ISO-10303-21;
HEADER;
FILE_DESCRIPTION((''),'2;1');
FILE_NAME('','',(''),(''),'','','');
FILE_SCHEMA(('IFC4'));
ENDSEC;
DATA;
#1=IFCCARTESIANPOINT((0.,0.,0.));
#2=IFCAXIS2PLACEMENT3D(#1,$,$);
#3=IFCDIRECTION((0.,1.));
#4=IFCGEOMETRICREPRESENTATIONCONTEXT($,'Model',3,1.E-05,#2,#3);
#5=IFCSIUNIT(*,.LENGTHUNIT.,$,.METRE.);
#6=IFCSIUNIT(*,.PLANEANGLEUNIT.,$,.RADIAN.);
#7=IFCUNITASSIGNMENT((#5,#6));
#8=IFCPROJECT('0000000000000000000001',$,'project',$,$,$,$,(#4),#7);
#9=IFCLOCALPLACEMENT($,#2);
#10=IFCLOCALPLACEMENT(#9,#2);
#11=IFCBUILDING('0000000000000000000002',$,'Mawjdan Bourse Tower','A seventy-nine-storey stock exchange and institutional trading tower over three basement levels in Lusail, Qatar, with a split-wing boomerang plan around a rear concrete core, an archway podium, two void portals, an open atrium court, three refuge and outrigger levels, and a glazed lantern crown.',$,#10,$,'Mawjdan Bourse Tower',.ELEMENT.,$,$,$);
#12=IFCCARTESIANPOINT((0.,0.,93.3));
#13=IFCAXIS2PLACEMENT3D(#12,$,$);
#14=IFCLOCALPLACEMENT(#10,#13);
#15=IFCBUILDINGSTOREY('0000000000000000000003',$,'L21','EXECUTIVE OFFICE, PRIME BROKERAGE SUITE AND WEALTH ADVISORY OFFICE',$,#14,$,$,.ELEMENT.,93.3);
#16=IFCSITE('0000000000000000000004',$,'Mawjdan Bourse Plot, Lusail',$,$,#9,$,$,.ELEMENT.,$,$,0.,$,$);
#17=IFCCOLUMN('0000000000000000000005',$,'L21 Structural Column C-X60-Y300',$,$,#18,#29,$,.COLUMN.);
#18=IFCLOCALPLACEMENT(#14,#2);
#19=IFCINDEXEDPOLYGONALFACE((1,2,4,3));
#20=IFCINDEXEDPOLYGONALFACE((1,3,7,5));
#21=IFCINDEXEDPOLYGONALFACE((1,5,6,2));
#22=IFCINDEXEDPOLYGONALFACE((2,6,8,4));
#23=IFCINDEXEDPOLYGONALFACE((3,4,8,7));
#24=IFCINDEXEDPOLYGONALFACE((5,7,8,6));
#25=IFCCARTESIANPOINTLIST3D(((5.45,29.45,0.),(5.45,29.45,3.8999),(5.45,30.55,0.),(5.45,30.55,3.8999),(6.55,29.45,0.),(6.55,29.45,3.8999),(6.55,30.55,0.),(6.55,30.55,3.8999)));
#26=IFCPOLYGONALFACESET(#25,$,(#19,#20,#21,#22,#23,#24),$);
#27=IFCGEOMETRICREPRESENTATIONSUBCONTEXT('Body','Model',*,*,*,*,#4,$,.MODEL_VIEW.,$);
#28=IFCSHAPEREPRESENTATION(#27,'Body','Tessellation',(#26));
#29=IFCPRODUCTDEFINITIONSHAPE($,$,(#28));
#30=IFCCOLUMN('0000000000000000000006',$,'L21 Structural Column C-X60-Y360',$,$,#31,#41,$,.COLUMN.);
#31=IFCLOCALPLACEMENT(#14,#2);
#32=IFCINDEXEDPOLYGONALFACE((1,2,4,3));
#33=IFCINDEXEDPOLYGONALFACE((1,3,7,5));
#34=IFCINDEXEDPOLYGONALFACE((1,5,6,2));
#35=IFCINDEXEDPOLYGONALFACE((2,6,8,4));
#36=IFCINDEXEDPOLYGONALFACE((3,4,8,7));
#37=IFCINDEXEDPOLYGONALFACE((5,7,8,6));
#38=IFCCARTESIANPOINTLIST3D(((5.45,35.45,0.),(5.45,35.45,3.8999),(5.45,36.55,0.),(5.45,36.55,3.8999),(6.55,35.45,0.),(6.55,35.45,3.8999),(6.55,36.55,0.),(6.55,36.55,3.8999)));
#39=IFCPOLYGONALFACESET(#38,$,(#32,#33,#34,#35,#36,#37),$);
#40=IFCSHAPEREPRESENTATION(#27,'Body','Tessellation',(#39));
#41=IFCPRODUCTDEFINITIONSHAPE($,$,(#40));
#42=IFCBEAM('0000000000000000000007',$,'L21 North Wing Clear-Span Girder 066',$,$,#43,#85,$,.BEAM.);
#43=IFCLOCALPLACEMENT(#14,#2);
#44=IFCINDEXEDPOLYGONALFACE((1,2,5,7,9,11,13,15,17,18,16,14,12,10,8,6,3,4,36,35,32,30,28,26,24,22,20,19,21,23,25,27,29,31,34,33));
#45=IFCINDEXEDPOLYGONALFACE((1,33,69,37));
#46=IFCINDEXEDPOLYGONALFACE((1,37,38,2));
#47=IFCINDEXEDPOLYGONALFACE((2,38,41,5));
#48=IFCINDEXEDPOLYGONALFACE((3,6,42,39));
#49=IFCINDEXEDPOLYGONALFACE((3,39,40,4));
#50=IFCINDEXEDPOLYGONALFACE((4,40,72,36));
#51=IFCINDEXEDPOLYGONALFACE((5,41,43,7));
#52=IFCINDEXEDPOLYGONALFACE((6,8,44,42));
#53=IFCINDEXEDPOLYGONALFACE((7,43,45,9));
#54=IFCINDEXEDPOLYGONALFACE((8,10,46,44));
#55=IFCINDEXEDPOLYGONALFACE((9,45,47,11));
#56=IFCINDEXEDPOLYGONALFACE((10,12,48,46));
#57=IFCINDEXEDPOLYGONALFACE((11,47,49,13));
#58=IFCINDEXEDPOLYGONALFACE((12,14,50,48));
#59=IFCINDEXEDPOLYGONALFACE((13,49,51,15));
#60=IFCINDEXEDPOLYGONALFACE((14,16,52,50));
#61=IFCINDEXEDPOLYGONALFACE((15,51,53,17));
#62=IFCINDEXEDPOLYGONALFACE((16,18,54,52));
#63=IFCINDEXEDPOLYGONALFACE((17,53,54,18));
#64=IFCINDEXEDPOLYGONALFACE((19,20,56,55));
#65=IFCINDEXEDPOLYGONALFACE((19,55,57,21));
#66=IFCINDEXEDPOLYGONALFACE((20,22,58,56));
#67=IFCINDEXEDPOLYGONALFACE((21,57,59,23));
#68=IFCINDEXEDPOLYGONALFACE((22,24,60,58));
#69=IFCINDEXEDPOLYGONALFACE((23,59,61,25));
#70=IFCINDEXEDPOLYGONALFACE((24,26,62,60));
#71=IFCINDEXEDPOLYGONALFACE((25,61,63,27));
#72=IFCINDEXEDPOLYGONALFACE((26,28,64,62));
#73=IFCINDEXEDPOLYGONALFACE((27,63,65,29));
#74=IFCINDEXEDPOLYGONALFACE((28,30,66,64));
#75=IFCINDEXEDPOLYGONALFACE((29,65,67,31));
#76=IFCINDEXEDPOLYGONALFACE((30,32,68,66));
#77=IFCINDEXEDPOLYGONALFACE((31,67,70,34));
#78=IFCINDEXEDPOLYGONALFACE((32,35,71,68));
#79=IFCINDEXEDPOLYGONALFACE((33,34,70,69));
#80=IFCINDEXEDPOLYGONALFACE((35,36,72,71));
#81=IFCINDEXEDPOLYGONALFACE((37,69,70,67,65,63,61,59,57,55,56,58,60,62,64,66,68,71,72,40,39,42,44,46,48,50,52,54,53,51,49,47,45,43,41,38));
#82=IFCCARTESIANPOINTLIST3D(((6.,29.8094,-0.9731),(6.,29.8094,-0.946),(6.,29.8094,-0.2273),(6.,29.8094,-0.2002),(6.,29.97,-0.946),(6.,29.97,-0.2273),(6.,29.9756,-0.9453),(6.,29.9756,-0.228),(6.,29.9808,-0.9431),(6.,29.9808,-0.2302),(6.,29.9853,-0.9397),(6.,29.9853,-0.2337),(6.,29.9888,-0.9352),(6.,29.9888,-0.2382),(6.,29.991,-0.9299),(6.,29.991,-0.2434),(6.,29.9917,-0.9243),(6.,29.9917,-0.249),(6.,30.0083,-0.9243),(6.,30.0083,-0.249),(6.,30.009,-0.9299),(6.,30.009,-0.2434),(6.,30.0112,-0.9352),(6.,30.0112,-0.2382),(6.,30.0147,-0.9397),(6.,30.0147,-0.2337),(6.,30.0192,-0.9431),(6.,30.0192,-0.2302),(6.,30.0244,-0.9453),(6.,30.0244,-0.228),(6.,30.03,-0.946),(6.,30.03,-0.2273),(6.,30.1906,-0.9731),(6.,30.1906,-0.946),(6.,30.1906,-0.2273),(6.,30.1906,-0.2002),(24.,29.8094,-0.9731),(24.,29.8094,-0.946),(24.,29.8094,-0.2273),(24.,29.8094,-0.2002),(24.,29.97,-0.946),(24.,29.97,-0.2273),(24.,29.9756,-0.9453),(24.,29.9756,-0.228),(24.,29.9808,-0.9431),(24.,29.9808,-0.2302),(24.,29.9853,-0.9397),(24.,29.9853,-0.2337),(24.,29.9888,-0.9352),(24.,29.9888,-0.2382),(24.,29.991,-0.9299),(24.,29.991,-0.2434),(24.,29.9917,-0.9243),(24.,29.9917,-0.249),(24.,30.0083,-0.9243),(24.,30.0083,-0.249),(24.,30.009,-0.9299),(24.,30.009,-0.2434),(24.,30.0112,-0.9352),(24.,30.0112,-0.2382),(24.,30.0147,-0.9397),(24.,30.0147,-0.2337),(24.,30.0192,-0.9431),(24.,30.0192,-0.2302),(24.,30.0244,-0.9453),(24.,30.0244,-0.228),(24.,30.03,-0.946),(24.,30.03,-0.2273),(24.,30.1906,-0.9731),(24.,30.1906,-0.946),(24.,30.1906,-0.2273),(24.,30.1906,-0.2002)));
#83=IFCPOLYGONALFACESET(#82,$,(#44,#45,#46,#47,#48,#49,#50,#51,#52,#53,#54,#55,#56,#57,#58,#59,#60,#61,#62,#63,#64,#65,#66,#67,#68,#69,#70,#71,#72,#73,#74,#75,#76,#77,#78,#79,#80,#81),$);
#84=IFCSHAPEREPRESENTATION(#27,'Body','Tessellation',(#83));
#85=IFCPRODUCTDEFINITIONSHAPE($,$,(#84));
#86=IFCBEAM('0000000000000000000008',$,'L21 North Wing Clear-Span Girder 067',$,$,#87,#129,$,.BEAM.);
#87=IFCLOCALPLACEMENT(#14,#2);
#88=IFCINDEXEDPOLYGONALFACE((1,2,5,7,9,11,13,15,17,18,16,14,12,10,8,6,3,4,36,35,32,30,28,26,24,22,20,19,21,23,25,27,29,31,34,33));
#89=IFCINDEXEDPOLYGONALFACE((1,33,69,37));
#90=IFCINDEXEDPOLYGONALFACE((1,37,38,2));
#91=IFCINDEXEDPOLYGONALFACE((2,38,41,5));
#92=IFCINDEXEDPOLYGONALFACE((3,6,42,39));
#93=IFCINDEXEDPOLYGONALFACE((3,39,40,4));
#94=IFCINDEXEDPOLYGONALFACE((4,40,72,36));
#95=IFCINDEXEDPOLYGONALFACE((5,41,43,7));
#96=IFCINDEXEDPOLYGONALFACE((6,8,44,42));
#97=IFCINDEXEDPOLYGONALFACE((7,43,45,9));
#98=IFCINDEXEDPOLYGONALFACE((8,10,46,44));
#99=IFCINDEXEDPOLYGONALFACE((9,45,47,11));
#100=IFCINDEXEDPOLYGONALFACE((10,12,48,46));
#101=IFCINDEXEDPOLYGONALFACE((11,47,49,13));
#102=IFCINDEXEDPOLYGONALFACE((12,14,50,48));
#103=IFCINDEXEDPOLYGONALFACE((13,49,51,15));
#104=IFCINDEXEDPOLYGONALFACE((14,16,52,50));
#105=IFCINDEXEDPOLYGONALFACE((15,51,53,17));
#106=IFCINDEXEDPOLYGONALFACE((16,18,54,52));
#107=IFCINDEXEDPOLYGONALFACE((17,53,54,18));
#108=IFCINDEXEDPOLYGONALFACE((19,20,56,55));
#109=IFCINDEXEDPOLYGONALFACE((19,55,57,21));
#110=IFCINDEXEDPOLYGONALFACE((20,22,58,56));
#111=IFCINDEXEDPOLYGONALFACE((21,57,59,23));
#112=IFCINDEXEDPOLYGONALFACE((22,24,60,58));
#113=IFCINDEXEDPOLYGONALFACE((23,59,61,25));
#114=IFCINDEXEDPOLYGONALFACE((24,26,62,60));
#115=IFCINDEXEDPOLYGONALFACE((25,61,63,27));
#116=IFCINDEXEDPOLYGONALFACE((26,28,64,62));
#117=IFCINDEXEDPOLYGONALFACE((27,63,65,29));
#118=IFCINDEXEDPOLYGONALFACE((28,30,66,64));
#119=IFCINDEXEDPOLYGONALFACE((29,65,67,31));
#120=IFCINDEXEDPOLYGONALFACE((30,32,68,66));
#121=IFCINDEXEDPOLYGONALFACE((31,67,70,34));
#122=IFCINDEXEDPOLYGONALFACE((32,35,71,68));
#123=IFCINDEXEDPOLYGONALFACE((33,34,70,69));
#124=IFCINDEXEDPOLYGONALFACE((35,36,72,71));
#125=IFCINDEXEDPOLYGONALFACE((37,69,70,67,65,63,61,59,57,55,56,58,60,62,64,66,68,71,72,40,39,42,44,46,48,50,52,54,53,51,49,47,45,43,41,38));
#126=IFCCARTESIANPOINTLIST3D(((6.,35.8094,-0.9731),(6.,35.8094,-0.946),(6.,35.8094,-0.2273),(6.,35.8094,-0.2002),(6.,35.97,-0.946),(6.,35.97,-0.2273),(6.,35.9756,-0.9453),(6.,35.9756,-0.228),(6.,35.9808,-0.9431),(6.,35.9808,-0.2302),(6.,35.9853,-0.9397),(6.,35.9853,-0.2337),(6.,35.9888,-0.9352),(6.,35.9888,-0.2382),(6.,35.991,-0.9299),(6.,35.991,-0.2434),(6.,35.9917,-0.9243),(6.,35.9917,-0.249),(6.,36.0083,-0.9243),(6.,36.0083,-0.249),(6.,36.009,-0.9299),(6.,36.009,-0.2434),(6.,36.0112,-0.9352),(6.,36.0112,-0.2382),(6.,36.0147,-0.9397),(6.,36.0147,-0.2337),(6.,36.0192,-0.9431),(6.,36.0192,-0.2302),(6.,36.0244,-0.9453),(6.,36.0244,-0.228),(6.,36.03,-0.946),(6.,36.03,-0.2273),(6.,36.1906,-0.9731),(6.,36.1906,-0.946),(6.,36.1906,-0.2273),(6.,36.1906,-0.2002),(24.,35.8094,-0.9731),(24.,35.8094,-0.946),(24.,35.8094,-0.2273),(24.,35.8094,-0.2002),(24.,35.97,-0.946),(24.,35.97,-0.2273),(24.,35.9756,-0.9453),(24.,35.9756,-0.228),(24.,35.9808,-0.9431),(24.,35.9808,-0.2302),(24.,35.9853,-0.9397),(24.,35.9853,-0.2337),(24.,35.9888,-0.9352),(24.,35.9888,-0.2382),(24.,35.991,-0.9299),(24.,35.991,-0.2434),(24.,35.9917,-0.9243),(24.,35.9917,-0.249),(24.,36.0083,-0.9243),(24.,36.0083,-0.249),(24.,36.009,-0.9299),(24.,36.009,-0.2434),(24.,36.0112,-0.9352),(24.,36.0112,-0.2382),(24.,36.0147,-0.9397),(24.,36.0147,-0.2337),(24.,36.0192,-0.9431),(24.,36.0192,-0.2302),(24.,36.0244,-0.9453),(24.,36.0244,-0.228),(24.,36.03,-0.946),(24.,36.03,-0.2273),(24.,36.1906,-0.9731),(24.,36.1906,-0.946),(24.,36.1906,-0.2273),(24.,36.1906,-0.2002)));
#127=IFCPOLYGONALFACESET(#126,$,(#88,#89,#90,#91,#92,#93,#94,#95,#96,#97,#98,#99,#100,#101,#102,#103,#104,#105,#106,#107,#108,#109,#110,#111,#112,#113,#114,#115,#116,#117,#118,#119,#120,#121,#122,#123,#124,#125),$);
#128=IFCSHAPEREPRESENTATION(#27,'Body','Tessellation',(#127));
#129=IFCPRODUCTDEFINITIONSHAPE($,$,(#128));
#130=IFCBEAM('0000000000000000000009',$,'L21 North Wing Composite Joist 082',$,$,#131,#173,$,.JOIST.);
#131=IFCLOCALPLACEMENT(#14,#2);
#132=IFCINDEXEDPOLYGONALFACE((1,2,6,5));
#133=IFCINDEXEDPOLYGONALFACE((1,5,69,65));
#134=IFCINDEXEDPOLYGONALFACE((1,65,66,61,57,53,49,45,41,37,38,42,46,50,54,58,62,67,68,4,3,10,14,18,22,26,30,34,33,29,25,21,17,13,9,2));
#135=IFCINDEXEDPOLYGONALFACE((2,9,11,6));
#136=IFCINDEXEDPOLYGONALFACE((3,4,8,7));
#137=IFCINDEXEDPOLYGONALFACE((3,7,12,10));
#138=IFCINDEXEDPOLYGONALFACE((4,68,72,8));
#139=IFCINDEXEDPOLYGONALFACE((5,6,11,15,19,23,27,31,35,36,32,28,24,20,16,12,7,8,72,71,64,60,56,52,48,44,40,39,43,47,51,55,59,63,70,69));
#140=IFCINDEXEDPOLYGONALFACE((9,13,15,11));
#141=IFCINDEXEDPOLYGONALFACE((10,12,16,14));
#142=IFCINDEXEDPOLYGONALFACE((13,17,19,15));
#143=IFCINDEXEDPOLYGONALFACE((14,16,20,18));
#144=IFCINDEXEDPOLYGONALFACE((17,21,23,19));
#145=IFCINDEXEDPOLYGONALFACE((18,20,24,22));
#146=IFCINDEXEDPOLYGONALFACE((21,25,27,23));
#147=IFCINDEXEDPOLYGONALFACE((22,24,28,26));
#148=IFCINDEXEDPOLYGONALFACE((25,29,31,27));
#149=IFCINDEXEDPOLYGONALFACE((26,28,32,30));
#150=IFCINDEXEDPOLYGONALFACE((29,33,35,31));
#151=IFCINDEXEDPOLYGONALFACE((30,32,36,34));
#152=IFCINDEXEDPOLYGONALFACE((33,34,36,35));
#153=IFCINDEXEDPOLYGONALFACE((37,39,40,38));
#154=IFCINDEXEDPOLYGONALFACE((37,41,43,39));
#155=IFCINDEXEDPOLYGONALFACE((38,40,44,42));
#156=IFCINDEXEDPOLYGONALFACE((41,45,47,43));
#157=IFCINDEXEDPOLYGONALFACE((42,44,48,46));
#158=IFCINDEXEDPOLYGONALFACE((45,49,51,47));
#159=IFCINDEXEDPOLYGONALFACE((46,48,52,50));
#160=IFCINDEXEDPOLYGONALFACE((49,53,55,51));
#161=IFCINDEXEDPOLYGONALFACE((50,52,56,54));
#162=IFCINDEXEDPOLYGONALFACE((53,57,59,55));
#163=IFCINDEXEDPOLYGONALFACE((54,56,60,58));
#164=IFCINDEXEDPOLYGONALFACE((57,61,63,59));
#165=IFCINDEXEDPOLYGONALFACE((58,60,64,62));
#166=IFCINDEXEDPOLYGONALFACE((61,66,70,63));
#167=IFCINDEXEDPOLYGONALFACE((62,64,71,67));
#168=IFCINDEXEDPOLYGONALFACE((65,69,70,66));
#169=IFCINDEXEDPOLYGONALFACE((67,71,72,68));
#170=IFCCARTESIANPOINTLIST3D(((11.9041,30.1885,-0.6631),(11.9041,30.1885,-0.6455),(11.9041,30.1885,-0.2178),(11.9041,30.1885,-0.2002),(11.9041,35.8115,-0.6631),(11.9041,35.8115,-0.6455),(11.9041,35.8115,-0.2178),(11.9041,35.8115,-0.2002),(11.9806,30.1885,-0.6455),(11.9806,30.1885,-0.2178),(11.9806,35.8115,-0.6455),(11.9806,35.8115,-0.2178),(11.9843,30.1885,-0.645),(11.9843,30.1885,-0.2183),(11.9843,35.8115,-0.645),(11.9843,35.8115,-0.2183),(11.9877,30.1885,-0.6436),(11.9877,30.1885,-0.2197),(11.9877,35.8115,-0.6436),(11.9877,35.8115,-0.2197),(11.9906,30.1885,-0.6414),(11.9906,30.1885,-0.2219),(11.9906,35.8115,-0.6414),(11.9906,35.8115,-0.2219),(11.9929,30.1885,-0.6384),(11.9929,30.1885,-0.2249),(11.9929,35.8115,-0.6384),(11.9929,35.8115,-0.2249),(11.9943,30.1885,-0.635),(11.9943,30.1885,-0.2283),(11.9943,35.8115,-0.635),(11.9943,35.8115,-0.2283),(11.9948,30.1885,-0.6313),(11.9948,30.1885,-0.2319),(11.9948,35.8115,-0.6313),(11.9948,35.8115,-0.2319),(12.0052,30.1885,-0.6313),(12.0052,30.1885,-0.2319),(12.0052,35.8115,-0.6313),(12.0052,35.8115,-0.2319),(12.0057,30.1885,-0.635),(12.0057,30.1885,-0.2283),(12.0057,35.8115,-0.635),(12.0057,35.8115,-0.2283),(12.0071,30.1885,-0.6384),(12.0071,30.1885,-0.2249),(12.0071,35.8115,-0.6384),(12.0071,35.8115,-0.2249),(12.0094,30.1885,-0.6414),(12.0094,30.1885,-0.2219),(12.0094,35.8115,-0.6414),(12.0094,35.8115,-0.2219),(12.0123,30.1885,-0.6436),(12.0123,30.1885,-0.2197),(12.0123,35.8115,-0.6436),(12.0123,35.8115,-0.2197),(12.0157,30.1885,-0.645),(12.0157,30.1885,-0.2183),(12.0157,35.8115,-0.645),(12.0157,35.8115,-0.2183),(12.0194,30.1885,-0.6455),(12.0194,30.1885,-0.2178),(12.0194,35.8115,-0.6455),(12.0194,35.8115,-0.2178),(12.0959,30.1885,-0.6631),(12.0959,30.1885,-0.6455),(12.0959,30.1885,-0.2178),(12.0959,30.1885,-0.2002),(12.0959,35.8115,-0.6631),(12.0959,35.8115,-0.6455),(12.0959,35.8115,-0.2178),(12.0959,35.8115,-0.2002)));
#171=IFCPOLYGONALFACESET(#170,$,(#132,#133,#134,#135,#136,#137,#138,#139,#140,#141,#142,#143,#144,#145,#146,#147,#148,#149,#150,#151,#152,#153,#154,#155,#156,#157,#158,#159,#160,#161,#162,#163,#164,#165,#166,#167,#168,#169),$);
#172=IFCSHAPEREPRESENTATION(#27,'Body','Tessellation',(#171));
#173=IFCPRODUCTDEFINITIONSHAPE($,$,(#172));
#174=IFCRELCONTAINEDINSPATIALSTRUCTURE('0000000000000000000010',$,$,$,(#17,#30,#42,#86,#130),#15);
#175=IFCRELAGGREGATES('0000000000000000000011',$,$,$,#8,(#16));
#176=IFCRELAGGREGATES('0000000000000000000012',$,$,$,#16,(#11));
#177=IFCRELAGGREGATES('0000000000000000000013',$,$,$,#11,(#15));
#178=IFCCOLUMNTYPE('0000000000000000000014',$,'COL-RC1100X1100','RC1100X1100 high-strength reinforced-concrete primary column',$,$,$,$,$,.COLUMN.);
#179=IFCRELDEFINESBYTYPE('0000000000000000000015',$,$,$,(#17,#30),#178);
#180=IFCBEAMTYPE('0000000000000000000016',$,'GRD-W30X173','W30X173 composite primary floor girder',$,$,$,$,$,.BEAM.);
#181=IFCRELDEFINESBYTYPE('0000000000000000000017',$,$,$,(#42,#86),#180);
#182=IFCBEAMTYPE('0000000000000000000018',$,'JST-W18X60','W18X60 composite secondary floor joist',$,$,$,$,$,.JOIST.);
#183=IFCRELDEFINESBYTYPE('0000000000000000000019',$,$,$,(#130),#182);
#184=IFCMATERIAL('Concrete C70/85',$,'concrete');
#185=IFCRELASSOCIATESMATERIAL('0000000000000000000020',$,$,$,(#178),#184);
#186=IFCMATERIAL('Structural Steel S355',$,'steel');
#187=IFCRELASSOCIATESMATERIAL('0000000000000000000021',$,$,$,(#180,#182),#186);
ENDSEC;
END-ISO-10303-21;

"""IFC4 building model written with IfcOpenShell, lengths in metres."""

from ifc_helpers import new_model, si_unit, direction, frame, origin, origin_2d, place, context, subcontext, project, spatial, rectangle, i_section, extrude, material, material_profile, profile_set, type_object, element, save


model = new_model("IFC4")

# Units and contexts
model_context = context("Model", 3, precision=1e-05, world=origin(), true_north=direction((0.0, 1.0)))
body_context = subcontext(model_context, "Body", "Model", "MODEL_VIEW")
ifc_project = project(units=[si_unit("LENGTHUNIT", "METRE"), si_unit("PLANEANGLEUNIT", "RADIAN")], contexts=[model_context])

# Site, building, storey
site_placement = place(None, origin())
site = spatial("IfcSite", under=ifc_project, at=site_placement, Name="Mawjdan Bourse Plot, Lusail", CompositionType="ELEMENT", RefElevation=0.0)
building_placement = place(site_placement, origin())
building = spatial("IfcBuilding", under=site, at=building_placement, Name="Mawjdan Bourse Tower", Description="A seventy-nine-storey stock exchange and institutional trading tower over three basement levels in Lusail, Qatar, with a split-wing boomerang plan around a rear concrete core, an archway podium, two void portals, an open atrium court, three refuge and outrigger levels, and a glazed lantern crown.", LongName="Mawjdan Bourse Tower", CompositionType="ELEMENT")
storey_placement = place(building_placement, frame((0.0, 0.0, 93.3)))
storey = spatial("IfcBuildingStorey", under=building, at=storey_placement, Name="L21", Description="EXECUTIVE OFFICE, PRIME BROKERAGE SUITE AND WEALTH ADVISORY OFFICE", CompositionType="ELEMENT", Elevation=93.3)

# Columns
ifc_material_1 = material(Name="Concrete C70/85", Category="concrete")
ifc_material_profile_1 = material_profile(ifc_material_1, rectangle(XDim=1.1001, YDim=1.1001, at=origin_2d()), Name="RC1100X1100")
ifc_profile_set_1 = profile_set([ifc_material_profile_1], Name="Concrete C70/85")
column_type = type_object("IfcColumnType", Name="COL-RC1100X1100", Description="RC1100X1100 high-strength reinforced-concrete primary column", PredefinedType="COLUMN", material=ifc_profile_set_1)
for number, where, z_axis, x_axis, name in (
    (1, (6.0, 30.0, 0.0), (0.0, 0.0, 1.0), (1.0, 0.0, 0.0), "L21 Structural Column C-X60-Y300"),
    (2, (6.0, 36.0, 0.0), (0.0, 0.0, 1.0), (1.0, 0.0, 0.0), "L21 Structural Column C-X60-Y360"),
):
    element("IfcColumn", number, at=place(storey_placement, frame(where, z_axis=z_axis, x_axis=x_axis)), inside=storey, type_object=column_type, Name=name, PredefinedType="COLUMN", context=body_context, shape_type="SweptSolid", body=[
        extrude(rectangle(XDim=1.1001, YDim=1.1001, at=origin_2d()), origin(), (0.0, 0.0, 1.0), 3.8999),
    ])

# Beams
ifc_material_2 = material(Name="Structural Steel S355", Category="steel")
ifc_material_profile_2 = material_profile(ifc_material_2, i_section(OverallWidth=0.3811, OverallDepth=0.7729, WebThickness=0.0166, FlangeThickness=0.0271, FilletRadius=0.0217, at=origin_2d()), Name="W30X173")
ifc_profile_set_2 = profile_set([ifc_material_profile_2], Name="Structural Steel S355")
beam_type_1 = type_object("IfcBeamType", Name="GRD-W30X173", Description="W30X173 composite primary floor girder", PredefinedType="BEAM", material=ifc_profile_set_2)
for number, where, z_axis, x_axis, name in (
    (3, (6.0, 30.0, -0.5867), (1.0, 0.0, 0.0), (0.0, 1.0, 0.0), "L21 North Wing Clear-Span Girder 066"),
    (4, (6.0, 36.0, -0.5867), (1.0, 0.0, 0.0), (0.0, 1.0, 0.0), "L21 North Wing Clear-Span Girder 067"),
):
    element("IfcBeam", number, at=place(storey_placement, frame(where, z_axis=z_axis, x_axis=x_axis)), inside=storey, type_object=beam_type_1, Name=name, PredefinedType="BEAM", context=body_context, shape_type="SweptSolid", body=[
        extrude(i_section(OverallWidth=0.3811, OverallDepth=0.7729, WebThickness=0.0166, FlangeThickness=0.0271, FilletRadius=0.0217, at=origin_2d()), origin(), (0.0, 0.0, 1.0), 18.0),
    ])
ifc_material_profile_3 = material_profile(ifc_material_2, i_section(OverallWidth=0.1919, OverallDepth=0.4629, WebThickness=0.0105, FlangeThickness=0.0176, FilletRadius=0.0142, at=origin_2d()), Name="W18X60")
ifc_profile_set_3 = profile_set([ifc_material_profile_3], Name="Structural Steel S355")
beam_type_2 = type_object("IfcBeamType", Name="JST-W18X60", Description="W18X60 composite secondary floor joist", PredefinedType="JOIST", material=ifc_profile_set_3)
for number, where, z_axis, x_axis, name in (
    (5, (12.0, 30.1885, -0.4316), (0.0, 1.0, 0.0), (-1.0, 0.0, 0.0), "L21 North Wing Composite Joist 082"),
):
    element("IfcBeam", number, at=place(storey_placement, frame(where, z_axis=z_axis, x_axis=x_axis)), inside=storey, type_object=beam_type_2, Name=name, PredefinedType="JOIST", context=body_context, shape_type="SweptSolid", body=[
        extrude(i_section(OverallWidth=0.1919, OverallDepth=0.4629, WebThickness=0.0105, FlangeThickness=0.0176, FilletRadius=0.0142, at=origin_2d()), origin(), (0.0, 0.0, 1.0), 5.623),
    ])

save(model, "model.ifc")
